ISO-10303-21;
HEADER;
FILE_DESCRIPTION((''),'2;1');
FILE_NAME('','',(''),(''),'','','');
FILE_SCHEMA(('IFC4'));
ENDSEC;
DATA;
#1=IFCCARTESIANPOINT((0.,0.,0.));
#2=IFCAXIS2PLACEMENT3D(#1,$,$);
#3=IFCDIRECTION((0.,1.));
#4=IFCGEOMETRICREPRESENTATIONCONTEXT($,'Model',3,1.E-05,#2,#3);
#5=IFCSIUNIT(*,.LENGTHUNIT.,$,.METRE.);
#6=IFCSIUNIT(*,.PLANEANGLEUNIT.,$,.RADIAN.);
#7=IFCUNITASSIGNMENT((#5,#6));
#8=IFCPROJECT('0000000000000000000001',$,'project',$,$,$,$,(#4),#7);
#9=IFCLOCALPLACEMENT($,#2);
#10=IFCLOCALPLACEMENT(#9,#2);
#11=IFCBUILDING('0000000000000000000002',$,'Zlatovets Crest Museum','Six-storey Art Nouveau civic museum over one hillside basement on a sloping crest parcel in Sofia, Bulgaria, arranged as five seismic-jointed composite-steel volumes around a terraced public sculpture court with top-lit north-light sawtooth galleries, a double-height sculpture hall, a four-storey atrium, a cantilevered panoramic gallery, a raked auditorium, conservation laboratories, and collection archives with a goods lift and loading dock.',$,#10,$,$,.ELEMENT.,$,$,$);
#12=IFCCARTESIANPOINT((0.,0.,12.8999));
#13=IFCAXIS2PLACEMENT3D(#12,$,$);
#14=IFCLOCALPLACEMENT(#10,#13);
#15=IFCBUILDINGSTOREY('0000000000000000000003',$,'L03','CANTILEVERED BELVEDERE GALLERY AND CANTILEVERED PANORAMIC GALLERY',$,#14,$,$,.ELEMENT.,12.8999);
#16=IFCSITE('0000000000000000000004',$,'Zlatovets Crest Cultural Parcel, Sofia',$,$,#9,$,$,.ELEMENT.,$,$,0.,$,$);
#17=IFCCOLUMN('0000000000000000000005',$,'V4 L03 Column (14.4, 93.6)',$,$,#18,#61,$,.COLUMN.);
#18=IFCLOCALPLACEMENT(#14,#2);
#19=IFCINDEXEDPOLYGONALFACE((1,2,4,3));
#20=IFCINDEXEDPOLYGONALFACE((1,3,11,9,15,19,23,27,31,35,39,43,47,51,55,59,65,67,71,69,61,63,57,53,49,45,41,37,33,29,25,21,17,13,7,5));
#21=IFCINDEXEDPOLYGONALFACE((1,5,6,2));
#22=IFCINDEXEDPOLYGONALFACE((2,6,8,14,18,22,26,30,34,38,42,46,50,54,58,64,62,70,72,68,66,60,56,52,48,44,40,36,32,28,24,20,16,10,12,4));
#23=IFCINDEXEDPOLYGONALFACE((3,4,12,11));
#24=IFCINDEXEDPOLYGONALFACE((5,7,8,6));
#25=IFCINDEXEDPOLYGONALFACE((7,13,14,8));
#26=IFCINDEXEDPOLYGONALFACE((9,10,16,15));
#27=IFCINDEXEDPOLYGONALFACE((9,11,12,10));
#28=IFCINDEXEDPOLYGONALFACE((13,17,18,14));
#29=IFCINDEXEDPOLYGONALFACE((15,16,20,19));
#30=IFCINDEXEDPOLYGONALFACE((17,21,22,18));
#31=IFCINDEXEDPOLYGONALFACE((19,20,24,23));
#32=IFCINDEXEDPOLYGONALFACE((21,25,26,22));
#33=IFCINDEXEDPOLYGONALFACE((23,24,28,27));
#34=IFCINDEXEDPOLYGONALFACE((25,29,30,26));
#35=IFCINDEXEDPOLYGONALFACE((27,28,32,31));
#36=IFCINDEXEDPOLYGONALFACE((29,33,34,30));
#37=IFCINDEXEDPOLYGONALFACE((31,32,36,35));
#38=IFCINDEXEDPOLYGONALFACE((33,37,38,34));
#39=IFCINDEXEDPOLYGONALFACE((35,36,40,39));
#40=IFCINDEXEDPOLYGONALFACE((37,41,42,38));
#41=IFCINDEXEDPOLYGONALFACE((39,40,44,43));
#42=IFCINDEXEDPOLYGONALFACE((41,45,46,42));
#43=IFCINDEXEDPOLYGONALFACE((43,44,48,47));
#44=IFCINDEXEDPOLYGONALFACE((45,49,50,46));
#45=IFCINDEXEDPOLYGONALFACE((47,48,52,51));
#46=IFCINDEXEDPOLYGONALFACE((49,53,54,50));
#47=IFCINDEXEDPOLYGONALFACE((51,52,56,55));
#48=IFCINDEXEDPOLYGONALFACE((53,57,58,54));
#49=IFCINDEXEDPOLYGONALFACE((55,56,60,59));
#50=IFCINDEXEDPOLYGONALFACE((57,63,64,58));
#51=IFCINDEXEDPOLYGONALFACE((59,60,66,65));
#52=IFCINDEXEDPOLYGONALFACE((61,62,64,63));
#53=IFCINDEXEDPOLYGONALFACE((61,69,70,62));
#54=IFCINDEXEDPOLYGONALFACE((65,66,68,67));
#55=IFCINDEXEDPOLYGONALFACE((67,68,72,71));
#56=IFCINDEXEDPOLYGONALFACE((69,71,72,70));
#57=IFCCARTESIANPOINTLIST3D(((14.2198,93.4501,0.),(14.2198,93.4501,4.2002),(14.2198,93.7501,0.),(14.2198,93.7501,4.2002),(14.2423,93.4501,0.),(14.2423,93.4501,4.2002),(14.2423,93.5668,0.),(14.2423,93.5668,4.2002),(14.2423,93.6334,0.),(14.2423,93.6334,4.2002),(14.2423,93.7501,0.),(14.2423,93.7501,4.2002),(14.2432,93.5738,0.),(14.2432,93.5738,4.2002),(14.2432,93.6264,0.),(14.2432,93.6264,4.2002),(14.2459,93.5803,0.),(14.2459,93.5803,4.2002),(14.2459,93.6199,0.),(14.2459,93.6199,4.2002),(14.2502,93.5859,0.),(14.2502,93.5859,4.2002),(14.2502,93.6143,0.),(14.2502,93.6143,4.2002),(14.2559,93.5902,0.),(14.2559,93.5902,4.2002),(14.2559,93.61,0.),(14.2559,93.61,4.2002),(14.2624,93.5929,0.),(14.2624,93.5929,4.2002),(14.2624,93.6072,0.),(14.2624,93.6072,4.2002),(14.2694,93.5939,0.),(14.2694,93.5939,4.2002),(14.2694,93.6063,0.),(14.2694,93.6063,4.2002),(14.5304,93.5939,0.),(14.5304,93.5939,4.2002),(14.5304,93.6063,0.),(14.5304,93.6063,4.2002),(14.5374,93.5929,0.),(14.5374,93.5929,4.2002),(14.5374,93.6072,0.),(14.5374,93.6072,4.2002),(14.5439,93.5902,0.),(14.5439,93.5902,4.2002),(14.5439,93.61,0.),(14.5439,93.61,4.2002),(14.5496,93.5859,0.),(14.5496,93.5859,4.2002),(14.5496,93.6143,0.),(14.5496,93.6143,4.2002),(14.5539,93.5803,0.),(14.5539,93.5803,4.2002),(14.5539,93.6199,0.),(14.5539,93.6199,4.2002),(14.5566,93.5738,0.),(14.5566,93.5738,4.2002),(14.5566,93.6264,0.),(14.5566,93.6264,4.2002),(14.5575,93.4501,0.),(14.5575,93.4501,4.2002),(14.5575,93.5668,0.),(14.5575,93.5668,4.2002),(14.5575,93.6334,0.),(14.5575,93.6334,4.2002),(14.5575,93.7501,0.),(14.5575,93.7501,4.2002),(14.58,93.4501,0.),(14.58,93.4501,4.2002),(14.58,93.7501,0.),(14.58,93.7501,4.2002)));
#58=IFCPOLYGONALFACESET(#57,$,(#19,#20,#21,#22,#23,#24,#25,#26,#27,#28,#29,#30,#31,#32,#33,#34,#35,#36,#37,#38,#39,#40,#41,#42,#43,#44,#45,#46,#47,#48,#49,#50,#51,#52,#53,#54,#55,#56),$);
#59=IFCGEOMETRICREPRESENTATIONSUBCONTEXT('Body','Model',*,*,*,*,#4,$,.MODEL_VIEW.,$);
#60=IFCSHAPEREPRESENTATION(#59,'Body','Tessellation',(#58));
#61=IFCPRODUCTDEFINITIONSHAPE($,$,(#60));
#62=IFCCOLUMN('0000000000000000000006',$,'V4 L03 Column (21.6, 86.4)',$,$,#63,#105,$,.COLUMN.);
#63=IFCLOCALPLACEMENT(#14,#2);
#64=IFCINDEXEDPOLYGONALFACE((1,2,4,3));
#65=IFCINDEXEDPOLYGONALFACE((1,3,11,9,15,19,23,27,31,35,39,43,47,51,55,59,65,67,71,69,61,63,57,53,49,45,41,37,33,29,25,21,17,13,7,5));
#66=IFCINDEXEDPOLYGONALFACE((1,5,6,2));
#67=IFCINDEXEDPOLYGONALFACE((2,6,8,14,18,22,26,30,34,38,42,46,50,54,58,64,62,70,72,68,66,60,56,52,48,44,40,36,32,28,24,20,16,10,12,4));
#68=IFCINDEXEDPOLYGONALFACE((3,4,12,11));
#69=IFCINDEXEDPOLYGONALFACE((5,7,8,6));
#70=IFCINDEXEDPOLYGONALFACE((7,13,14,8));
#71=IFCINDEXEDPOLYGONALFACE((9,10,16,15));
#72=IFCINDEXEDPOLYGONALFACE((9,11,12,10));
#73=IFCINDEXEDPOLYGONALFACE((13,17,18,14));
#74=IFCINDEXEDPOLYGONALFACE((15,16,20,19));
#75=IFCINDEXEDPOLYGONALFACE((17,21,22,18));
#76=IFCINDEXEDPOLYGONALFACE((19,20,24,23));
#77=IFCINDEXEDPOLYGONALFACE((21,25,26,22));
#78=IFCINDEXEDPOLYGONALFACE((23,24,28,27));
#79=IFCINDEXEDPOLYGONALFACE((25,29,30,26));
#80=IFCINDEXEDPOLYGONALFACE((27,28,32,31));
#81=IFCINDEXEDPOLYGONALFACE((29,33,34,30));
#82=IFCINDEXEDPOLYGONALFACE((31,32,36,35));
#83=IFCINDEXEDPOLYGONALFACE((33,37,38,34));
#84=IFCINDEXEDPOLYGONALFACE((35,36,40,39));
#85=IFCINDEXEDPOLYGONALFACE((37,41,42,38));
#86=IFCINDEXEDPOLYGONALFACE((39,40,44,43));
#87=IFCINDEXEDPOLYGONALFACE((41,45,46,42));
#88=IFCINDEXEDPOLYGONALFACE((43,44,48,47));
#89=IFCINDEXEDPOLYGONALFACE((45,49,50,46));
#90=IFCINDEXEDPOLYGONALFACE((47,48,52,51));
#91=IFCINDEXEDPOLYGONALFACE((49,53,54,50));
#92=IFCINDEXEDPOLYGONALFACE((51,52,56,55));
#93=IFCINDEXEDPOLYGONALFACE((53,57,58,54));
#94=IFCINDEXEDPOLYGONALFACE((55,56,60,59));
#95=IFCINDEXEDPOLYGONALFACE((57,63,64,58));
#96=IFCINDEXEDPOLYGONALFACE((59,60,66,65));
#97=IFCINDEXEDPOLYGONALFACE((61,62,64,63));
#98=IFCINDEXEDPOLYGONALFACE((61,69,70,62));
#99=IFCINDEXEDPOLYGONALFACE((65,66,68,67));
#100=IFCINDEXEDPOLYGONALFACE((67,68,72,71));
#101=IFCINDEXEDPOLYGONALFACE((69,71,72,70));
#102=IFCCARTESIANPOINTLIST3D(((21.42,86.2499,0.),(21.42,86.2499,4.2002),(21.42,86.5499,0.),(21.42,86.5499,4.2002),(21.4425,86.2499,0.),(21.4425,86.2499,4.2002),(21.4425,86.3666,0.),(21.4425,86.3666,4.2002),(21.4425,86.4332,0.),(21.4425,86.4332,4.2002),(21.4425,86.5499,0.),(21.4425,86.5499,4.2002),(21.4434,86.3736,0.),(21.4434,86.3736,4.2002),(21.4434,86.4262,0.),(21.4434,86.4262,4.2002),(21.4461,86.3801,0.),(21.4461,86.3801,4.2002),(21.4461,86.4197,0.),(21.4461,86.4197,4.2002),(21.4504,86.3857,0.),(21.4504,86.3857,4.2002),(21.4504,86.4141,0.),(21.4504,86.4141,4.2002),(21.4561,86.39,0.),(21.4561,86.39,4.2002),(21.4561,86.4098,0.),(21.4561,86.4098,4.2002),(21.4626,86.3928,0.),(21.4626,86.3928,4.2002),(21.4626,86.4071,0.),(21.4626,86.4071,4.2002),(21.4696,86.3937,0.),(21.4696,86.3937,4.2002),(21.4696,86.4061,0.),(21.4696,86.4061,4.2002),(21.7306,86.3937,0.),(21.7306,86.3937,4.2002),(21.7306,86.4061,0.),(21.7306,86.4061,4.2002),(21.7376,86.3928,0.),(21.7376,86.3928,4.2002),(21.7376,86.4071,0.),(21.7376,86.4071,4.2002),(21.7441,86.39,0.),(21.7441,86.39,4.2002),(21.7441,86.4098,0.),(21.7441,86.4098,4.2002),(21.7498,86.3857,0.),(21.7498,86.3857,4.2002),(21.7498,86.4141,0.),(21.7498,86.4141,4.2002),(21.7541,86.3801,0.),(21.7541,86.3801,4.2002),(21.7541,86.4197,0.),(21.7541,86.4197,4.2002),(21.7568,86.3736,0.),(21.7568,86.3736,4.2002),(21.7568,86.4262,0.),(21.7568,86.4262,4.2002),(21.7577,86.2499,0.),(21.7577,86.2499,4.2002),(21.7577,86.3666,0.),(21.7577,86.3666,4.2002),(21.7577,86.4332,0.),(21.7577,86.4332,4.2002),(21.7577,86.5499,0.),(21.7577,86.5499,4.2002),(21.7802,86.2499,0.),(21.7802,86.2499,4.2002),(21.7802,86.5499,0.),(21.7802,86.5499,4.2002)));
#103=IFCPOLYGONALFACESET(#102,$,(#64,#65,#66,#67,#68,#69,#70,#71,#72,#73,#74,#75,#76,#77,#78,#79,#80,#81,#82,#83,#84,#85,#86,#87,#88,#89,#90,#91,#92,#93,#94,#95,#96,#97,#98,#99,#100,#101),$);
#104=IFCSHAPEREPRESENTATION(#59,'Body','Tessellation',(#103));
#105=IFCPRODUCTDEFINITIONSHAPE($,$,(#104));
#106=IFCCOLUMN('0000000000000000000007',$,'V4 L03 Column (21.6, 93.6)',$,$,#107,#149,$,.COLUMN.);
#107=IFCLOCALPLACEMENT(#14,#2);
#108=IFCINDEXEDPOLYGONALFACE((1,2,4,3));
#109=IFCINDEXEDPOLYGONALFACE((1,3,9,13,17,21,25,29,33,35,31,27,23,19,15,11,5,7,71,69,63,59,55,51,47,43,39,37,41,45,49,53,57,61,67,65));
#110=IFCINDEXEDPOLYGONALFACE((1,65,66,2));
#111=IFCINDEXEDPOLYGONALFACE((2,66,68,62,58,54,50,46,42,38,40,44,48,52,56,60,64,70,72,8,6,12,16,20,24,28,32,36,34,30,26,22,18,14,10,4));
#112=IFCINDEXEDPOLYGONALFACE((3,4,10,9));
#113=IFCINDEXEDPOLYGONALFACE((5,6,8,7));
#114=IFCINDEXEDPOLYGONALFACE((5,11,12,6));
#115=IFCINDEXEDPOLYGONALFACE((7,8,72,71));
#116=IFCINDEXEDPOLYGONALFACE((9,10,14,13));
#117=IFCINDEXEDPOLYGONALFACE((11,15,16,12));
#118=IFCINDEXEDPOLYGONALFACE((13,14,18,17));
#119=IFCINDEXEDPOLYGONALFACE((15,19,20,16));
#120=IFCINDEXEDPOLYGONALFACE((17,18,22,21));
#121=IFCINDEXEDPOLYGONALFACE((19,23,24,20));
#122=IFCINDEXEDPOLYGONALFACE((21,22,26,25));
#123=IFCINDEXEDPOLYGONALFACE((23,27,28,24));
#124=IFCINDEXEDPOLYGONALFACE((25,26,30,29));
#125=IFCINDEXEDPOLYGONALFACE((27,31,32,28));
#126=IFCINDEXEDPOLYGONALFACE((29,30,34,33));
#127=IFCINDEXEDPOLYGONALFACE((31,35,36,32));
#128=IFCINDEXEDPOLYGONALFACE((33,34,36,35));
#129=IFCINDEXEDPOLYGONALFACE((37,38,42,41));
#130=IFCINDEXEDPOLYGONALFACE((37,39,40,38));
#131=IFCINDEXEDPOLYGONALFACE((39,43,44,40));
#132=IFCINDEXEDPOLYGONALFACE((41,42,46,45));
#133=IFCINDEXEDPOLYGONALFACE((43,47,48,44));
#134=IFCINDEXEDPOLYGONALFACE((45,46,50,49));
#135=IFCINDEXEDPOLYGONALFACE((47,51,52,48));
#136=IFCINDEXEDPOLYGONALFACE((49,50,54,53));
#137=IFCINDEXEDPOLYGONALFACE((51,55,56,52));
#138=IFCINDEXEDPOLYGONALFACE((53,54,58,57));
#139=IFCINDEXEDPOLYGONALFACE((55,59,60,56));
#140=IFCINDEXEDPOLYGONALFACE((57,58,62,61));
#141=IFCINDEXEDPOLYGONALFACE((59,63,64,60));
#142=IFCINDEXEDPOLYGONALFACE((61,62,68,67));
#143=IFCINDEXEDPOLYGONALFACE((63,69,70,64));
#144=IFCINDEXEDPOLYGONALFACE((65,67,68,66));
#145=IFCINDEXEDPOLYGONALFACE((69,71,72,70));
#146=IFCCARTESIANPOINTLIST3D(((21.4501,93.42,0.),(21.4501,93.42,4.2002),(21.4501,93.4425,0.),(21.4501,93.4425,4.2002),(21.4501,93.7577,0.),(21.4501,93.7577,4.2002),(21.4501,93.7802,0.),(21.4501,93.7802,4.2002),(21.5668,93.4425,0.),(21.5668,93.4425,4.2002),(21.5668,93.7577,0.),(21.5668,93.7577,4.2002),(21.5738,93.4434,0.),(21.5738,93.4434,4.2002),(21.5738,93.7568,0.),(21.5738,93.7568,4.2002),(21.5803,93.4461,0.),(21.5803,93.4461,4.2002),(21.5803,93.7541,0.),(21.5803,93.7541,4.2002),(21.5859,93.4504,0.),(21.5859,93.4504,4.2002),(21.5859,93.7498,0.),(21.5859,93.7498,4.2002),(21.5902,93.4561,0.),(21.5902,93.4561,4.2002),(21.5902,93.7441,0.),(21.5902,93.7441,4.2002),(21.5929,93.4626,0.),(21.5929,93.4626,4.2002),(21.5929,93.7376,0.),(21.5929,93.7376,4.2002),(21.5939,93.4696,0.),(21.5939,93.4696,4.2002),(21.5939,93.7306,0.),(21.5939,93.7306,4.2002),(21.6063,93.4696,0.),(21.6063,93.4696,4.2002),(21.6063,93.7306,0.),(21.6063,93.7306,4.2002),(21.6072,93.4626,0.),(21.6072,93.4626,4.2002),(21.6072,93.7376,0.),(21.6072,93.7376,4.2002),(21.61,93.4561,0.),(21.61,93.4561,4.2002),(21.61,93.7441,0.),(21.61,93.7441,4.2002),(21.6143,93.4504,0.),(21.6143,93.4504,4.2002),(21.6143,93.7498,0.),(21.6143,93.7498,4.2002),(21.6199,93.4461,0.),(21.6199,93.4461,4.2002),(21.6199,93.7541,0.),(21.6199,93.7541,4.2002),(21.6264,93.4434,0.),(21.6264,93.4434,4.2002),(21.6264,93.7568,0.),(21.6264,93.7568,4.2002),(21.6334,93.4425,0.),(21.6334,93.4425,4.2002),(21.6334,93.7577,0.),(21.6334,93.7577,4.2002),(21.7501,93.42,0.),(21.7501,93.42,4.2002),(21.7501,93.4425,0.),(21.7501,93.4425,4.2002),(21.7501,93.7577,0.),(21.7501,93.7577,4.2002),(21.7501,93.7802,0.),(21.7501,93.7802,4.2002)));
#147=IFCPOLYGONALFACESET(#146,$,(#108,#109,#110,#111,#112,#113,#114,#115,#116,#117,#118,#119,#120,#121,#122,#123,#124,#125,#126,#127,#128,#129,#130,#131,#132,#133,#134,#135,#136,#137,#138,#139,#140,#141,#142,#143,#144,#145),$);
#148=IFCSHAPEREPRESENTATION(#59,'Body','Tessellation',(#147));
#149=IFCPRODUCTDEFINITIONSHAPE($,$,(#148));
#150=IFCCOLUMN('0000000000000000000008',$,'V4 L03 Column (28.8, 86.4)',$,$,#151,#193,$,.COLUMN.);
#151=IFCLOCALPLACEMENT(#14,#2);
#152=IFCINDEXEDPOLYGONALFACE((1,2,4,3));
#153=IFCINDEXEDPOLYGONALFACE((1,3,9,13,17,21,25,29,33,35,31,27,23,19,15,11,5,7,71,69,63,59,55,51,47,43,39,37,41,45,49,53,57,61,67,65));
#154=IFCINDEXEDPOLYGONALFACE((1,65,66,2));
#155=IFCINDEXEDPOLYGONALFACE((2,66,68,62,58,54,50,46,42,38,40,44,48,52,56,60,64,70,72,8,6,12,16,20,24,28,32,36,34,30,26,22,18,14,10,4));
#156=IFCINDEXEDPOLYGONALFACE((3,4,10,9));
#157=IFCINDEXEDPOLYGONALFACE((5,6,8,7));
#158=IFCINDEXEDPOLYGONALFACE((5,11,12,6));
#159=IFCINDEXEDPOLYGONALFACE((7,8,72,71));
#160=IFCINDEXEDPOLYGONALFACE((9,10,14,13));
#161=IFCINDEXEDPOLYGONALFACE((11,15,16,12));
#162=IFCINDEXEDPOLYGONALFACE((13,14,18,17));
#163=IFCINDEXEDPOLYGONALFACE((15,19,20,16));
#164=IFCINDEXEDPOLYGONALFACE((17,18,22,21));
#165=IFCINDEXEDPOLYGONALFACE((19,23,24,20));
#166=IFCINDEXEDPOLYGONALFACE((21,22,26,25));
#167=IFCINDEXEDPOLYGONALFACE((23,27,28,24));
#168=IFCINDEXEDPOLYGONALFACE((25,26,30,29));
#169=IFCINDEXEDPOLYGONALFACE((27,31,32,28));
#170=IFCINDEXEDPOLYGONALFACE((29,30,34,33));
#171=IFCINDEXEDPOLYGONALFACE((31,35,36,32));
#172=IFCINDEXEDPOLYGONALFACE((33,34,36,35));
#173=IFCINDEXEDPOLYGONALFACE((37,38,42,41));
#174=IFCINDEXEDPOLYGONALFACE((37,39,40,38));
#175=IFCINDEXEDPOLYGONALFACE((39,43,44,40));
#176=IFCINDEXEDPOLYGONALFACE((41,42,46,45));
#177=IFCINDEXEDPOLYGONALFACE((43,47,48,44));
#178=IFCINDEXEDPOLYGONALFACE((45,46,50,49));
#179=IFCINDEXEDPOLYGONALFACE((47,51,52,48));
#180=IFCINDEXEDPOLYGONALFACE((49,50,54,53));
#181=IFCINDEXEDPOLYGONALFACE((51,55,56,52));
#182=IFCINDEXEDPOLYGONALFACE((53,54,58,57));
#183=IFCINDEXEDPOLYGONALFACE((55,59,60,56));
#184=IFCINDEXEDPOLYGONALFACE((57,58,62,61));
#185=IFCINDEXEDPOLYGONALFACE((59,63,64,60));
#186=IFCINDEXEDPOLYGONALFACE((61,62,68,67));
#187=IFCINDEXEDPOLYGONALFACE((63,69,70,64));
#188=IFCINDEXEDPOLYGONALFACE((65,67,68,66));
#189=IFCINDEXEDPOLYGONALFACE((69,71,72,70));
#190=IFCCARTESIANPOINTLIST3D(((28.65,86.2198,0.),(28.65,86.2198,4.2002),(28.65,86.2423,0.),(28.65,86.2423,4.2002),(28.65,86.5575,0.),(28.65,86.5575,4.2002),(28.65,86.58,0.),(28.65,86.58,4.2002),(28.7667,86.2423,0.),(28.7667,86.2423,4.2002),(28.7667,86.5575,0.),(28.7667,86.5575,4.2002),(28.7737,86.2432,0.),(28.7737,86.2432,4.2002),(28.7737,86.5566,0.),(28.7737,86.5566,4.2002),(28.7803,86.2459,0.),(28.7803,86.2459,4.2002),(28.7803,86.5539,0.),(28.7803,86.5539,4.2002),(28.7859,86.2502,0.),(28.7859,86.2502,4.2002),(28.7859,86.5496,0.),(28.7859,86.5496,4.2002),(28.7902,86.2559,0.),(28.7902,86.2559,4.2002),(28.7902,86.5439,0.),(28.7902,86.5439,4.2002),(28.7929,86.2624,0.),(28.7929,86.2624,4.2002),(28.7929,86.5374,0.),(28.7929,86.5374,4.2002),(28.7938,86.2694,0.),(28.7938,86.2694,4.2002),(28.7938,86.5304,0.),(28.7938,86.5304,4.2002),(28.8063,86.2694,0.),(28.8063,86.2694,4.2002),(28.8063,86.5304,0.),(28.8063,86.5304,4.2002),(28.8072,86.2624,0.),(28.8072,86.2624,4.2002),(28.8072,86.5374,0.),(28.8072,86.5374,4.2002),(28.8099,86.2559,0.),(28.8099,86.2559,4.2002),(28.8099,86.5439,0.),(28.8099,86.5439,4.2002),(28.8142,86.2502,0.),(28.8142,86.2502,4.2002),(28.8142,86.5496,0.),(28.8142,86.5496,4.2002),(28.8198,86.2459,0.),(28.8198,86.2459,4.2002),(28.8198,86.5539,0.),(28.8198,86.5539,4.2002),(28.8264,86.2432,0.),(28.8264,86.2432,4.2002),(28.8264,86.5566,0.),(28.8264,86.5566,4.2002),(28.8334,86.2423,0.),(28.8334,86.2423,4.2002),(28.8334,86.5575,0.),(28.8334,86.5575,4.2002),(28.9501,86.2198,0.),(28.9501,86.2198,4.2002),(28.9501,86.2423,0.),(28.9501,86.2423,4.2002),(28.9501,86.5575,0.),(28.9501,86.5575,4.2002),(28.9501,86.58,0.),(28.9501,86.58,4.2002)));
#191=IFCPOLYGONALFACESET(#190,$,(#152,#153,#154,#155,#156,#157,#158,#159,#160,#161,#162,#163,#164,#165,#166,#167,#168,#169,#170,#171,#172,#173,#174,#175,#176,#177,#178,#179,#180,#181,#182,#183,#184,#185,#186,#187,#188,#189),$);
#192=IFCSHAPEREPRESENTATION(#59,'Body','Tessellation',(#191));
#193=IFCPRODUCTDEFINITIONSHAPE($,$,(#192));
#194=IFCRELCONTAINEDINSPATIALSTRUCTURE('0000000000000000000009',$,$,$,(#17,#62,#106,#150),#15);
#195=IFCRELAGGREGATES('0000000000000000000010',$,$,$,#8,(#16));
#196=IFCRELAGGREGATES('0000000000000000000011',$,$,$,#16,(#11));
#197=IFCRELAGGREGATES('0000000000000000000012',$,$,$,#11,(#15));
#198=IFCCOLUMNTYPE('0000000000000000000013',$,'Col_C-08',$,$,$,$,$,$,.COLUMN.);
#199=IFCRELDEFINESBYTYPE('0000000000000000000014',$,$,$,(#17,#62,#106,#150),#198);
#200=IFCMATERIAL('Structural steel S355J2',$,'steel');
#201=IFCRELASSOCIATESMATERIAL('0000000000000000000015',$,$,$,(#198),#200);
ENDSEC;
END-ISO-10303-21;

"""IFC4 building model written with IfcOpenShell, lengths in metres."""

from ifc_helpers import new_model, si_unit, direction, frame, origin, origin_2d, place, context, subcontext, project, spatial, i_section, extrude, material, material_profile, profile_set, type_object, element, save


model = new_model("IFC4")

# Units and contexts
model_context = context("Model", 3, precision=1e-05, world=origin(), true_north=direction((0.0, 1.0)))
body_context = subcontext(model_context, "Body", "Model", "MODEL_VIEW")
ifc_project = project(units=[si_unit("LENGTHUNIT", "METRE"), si_unit("PLANEANGLEUNIT", "RADIAN")], contexts=[model_context])

# Site, building, storey
site_placement = place(None, origin())
site = spatial("IfcSite", under=ifc_project, at=site_placement, Name="Zlatovets Crest Cultural Parcel, Sofia", CompositionType="ELEMENT", RefElevation=0.0)
building_placement = place(site_placement, origin())
building = spatial("IfcBuilding", under=site, at=building_placement, Name="Zlatovets Crest Museum", Description="Six-storey Art Nouveau civic museum over one hillside basement on a sloping crest parcel in Sofia, Bulgaria, arranged as five seismic-jointed composite-steel volumes around a terraced public sculpture court with top-lit north-light sawtooth galleries, a double-height sculpture hall, a four-storey atrium, a cantilevered panoramic gallery, a raked auditorium, conservation laboratories, and collection archives with a goods lift and loading dock.", CompositionType="ELEMENT")
storey_placement = place(building_placement, frame((0.0, 0.0, 12.8999)))
storey = spatial("IfcBuildingStorey", under=building, at=storey_placement, Name="L03", Description="CANTILEVERED BELVEDERE GALLERY AND CANTILEVERED PANORAMIC GALLERY", CompositionType="ELEMENT", Elevation=12.8999)

# Columns
ifc_material_1 = material(Name="Structural steel S355J2", Category="steel")
ifc_material_profile_1 = material_profile(ifc_material_1, i_section(OverallWidth=0.3, OverallDepth=0.3601, WebThickness=0.0125, FlangeThickness=0.0225, FilletRadius=0.0271, at=origin_2d()), Name="HEB 360")
ifc_profile_set_1 = profile_set([ifc_material_profile_1], Name="Structural steel S355J2")
column_type = type_object("IfcColumnType", Name="Col_C-08", PredefinedType="COLUMN", material=ifc_profile_set_1)
for number, where, z_axis, x_axis, name in (
    (1, (14.3999, 93.6001, 0.0), (0.0, 0.0, 1.0), (0.0, 1.0, 0.0), "V4 L03 Column (14.4, 93.6)"),
    (2, (21.6001, 86.3999, 0.0), (0.0, 0.0, 1.0), (0.0, 1.0, 0.0), "V4 L03 Column (21.6, 86.4)"),
    (3, (21.6001, 93.6001, 0.0), (0.0, 0.0, 1.0), (1.0, 0.0, 0.0), "V4 L03 Column (21.6, 93.6)"),
    (4, (28.8, 86.3999, 0.0), (0.0, 0.0, 1.0), (1.0, 0.0, 0.0), "V4 L03 Column (28.8, 86.4)"),
):
    element("IfcColumn", number, at=place(storey_placement, frame(where, z_axis=z_axis, x_axis=x_axis)), inside=storey, type_object=column_type, Name=name, PredefinedType="COLUMN", context=body_context, shape_type="SweptSolid", body=[
        extrude(i_section(OverallWidth=0.3, OverallDepth=0.3601, WebThickness=0.0125, FlangeThickness=0.0225, FilletRadius=0.0271, at=origin_2d()), origin(), (0.0, 0.0, 1.0), 4.2002),
    ])

save(model, "model.ifc")
